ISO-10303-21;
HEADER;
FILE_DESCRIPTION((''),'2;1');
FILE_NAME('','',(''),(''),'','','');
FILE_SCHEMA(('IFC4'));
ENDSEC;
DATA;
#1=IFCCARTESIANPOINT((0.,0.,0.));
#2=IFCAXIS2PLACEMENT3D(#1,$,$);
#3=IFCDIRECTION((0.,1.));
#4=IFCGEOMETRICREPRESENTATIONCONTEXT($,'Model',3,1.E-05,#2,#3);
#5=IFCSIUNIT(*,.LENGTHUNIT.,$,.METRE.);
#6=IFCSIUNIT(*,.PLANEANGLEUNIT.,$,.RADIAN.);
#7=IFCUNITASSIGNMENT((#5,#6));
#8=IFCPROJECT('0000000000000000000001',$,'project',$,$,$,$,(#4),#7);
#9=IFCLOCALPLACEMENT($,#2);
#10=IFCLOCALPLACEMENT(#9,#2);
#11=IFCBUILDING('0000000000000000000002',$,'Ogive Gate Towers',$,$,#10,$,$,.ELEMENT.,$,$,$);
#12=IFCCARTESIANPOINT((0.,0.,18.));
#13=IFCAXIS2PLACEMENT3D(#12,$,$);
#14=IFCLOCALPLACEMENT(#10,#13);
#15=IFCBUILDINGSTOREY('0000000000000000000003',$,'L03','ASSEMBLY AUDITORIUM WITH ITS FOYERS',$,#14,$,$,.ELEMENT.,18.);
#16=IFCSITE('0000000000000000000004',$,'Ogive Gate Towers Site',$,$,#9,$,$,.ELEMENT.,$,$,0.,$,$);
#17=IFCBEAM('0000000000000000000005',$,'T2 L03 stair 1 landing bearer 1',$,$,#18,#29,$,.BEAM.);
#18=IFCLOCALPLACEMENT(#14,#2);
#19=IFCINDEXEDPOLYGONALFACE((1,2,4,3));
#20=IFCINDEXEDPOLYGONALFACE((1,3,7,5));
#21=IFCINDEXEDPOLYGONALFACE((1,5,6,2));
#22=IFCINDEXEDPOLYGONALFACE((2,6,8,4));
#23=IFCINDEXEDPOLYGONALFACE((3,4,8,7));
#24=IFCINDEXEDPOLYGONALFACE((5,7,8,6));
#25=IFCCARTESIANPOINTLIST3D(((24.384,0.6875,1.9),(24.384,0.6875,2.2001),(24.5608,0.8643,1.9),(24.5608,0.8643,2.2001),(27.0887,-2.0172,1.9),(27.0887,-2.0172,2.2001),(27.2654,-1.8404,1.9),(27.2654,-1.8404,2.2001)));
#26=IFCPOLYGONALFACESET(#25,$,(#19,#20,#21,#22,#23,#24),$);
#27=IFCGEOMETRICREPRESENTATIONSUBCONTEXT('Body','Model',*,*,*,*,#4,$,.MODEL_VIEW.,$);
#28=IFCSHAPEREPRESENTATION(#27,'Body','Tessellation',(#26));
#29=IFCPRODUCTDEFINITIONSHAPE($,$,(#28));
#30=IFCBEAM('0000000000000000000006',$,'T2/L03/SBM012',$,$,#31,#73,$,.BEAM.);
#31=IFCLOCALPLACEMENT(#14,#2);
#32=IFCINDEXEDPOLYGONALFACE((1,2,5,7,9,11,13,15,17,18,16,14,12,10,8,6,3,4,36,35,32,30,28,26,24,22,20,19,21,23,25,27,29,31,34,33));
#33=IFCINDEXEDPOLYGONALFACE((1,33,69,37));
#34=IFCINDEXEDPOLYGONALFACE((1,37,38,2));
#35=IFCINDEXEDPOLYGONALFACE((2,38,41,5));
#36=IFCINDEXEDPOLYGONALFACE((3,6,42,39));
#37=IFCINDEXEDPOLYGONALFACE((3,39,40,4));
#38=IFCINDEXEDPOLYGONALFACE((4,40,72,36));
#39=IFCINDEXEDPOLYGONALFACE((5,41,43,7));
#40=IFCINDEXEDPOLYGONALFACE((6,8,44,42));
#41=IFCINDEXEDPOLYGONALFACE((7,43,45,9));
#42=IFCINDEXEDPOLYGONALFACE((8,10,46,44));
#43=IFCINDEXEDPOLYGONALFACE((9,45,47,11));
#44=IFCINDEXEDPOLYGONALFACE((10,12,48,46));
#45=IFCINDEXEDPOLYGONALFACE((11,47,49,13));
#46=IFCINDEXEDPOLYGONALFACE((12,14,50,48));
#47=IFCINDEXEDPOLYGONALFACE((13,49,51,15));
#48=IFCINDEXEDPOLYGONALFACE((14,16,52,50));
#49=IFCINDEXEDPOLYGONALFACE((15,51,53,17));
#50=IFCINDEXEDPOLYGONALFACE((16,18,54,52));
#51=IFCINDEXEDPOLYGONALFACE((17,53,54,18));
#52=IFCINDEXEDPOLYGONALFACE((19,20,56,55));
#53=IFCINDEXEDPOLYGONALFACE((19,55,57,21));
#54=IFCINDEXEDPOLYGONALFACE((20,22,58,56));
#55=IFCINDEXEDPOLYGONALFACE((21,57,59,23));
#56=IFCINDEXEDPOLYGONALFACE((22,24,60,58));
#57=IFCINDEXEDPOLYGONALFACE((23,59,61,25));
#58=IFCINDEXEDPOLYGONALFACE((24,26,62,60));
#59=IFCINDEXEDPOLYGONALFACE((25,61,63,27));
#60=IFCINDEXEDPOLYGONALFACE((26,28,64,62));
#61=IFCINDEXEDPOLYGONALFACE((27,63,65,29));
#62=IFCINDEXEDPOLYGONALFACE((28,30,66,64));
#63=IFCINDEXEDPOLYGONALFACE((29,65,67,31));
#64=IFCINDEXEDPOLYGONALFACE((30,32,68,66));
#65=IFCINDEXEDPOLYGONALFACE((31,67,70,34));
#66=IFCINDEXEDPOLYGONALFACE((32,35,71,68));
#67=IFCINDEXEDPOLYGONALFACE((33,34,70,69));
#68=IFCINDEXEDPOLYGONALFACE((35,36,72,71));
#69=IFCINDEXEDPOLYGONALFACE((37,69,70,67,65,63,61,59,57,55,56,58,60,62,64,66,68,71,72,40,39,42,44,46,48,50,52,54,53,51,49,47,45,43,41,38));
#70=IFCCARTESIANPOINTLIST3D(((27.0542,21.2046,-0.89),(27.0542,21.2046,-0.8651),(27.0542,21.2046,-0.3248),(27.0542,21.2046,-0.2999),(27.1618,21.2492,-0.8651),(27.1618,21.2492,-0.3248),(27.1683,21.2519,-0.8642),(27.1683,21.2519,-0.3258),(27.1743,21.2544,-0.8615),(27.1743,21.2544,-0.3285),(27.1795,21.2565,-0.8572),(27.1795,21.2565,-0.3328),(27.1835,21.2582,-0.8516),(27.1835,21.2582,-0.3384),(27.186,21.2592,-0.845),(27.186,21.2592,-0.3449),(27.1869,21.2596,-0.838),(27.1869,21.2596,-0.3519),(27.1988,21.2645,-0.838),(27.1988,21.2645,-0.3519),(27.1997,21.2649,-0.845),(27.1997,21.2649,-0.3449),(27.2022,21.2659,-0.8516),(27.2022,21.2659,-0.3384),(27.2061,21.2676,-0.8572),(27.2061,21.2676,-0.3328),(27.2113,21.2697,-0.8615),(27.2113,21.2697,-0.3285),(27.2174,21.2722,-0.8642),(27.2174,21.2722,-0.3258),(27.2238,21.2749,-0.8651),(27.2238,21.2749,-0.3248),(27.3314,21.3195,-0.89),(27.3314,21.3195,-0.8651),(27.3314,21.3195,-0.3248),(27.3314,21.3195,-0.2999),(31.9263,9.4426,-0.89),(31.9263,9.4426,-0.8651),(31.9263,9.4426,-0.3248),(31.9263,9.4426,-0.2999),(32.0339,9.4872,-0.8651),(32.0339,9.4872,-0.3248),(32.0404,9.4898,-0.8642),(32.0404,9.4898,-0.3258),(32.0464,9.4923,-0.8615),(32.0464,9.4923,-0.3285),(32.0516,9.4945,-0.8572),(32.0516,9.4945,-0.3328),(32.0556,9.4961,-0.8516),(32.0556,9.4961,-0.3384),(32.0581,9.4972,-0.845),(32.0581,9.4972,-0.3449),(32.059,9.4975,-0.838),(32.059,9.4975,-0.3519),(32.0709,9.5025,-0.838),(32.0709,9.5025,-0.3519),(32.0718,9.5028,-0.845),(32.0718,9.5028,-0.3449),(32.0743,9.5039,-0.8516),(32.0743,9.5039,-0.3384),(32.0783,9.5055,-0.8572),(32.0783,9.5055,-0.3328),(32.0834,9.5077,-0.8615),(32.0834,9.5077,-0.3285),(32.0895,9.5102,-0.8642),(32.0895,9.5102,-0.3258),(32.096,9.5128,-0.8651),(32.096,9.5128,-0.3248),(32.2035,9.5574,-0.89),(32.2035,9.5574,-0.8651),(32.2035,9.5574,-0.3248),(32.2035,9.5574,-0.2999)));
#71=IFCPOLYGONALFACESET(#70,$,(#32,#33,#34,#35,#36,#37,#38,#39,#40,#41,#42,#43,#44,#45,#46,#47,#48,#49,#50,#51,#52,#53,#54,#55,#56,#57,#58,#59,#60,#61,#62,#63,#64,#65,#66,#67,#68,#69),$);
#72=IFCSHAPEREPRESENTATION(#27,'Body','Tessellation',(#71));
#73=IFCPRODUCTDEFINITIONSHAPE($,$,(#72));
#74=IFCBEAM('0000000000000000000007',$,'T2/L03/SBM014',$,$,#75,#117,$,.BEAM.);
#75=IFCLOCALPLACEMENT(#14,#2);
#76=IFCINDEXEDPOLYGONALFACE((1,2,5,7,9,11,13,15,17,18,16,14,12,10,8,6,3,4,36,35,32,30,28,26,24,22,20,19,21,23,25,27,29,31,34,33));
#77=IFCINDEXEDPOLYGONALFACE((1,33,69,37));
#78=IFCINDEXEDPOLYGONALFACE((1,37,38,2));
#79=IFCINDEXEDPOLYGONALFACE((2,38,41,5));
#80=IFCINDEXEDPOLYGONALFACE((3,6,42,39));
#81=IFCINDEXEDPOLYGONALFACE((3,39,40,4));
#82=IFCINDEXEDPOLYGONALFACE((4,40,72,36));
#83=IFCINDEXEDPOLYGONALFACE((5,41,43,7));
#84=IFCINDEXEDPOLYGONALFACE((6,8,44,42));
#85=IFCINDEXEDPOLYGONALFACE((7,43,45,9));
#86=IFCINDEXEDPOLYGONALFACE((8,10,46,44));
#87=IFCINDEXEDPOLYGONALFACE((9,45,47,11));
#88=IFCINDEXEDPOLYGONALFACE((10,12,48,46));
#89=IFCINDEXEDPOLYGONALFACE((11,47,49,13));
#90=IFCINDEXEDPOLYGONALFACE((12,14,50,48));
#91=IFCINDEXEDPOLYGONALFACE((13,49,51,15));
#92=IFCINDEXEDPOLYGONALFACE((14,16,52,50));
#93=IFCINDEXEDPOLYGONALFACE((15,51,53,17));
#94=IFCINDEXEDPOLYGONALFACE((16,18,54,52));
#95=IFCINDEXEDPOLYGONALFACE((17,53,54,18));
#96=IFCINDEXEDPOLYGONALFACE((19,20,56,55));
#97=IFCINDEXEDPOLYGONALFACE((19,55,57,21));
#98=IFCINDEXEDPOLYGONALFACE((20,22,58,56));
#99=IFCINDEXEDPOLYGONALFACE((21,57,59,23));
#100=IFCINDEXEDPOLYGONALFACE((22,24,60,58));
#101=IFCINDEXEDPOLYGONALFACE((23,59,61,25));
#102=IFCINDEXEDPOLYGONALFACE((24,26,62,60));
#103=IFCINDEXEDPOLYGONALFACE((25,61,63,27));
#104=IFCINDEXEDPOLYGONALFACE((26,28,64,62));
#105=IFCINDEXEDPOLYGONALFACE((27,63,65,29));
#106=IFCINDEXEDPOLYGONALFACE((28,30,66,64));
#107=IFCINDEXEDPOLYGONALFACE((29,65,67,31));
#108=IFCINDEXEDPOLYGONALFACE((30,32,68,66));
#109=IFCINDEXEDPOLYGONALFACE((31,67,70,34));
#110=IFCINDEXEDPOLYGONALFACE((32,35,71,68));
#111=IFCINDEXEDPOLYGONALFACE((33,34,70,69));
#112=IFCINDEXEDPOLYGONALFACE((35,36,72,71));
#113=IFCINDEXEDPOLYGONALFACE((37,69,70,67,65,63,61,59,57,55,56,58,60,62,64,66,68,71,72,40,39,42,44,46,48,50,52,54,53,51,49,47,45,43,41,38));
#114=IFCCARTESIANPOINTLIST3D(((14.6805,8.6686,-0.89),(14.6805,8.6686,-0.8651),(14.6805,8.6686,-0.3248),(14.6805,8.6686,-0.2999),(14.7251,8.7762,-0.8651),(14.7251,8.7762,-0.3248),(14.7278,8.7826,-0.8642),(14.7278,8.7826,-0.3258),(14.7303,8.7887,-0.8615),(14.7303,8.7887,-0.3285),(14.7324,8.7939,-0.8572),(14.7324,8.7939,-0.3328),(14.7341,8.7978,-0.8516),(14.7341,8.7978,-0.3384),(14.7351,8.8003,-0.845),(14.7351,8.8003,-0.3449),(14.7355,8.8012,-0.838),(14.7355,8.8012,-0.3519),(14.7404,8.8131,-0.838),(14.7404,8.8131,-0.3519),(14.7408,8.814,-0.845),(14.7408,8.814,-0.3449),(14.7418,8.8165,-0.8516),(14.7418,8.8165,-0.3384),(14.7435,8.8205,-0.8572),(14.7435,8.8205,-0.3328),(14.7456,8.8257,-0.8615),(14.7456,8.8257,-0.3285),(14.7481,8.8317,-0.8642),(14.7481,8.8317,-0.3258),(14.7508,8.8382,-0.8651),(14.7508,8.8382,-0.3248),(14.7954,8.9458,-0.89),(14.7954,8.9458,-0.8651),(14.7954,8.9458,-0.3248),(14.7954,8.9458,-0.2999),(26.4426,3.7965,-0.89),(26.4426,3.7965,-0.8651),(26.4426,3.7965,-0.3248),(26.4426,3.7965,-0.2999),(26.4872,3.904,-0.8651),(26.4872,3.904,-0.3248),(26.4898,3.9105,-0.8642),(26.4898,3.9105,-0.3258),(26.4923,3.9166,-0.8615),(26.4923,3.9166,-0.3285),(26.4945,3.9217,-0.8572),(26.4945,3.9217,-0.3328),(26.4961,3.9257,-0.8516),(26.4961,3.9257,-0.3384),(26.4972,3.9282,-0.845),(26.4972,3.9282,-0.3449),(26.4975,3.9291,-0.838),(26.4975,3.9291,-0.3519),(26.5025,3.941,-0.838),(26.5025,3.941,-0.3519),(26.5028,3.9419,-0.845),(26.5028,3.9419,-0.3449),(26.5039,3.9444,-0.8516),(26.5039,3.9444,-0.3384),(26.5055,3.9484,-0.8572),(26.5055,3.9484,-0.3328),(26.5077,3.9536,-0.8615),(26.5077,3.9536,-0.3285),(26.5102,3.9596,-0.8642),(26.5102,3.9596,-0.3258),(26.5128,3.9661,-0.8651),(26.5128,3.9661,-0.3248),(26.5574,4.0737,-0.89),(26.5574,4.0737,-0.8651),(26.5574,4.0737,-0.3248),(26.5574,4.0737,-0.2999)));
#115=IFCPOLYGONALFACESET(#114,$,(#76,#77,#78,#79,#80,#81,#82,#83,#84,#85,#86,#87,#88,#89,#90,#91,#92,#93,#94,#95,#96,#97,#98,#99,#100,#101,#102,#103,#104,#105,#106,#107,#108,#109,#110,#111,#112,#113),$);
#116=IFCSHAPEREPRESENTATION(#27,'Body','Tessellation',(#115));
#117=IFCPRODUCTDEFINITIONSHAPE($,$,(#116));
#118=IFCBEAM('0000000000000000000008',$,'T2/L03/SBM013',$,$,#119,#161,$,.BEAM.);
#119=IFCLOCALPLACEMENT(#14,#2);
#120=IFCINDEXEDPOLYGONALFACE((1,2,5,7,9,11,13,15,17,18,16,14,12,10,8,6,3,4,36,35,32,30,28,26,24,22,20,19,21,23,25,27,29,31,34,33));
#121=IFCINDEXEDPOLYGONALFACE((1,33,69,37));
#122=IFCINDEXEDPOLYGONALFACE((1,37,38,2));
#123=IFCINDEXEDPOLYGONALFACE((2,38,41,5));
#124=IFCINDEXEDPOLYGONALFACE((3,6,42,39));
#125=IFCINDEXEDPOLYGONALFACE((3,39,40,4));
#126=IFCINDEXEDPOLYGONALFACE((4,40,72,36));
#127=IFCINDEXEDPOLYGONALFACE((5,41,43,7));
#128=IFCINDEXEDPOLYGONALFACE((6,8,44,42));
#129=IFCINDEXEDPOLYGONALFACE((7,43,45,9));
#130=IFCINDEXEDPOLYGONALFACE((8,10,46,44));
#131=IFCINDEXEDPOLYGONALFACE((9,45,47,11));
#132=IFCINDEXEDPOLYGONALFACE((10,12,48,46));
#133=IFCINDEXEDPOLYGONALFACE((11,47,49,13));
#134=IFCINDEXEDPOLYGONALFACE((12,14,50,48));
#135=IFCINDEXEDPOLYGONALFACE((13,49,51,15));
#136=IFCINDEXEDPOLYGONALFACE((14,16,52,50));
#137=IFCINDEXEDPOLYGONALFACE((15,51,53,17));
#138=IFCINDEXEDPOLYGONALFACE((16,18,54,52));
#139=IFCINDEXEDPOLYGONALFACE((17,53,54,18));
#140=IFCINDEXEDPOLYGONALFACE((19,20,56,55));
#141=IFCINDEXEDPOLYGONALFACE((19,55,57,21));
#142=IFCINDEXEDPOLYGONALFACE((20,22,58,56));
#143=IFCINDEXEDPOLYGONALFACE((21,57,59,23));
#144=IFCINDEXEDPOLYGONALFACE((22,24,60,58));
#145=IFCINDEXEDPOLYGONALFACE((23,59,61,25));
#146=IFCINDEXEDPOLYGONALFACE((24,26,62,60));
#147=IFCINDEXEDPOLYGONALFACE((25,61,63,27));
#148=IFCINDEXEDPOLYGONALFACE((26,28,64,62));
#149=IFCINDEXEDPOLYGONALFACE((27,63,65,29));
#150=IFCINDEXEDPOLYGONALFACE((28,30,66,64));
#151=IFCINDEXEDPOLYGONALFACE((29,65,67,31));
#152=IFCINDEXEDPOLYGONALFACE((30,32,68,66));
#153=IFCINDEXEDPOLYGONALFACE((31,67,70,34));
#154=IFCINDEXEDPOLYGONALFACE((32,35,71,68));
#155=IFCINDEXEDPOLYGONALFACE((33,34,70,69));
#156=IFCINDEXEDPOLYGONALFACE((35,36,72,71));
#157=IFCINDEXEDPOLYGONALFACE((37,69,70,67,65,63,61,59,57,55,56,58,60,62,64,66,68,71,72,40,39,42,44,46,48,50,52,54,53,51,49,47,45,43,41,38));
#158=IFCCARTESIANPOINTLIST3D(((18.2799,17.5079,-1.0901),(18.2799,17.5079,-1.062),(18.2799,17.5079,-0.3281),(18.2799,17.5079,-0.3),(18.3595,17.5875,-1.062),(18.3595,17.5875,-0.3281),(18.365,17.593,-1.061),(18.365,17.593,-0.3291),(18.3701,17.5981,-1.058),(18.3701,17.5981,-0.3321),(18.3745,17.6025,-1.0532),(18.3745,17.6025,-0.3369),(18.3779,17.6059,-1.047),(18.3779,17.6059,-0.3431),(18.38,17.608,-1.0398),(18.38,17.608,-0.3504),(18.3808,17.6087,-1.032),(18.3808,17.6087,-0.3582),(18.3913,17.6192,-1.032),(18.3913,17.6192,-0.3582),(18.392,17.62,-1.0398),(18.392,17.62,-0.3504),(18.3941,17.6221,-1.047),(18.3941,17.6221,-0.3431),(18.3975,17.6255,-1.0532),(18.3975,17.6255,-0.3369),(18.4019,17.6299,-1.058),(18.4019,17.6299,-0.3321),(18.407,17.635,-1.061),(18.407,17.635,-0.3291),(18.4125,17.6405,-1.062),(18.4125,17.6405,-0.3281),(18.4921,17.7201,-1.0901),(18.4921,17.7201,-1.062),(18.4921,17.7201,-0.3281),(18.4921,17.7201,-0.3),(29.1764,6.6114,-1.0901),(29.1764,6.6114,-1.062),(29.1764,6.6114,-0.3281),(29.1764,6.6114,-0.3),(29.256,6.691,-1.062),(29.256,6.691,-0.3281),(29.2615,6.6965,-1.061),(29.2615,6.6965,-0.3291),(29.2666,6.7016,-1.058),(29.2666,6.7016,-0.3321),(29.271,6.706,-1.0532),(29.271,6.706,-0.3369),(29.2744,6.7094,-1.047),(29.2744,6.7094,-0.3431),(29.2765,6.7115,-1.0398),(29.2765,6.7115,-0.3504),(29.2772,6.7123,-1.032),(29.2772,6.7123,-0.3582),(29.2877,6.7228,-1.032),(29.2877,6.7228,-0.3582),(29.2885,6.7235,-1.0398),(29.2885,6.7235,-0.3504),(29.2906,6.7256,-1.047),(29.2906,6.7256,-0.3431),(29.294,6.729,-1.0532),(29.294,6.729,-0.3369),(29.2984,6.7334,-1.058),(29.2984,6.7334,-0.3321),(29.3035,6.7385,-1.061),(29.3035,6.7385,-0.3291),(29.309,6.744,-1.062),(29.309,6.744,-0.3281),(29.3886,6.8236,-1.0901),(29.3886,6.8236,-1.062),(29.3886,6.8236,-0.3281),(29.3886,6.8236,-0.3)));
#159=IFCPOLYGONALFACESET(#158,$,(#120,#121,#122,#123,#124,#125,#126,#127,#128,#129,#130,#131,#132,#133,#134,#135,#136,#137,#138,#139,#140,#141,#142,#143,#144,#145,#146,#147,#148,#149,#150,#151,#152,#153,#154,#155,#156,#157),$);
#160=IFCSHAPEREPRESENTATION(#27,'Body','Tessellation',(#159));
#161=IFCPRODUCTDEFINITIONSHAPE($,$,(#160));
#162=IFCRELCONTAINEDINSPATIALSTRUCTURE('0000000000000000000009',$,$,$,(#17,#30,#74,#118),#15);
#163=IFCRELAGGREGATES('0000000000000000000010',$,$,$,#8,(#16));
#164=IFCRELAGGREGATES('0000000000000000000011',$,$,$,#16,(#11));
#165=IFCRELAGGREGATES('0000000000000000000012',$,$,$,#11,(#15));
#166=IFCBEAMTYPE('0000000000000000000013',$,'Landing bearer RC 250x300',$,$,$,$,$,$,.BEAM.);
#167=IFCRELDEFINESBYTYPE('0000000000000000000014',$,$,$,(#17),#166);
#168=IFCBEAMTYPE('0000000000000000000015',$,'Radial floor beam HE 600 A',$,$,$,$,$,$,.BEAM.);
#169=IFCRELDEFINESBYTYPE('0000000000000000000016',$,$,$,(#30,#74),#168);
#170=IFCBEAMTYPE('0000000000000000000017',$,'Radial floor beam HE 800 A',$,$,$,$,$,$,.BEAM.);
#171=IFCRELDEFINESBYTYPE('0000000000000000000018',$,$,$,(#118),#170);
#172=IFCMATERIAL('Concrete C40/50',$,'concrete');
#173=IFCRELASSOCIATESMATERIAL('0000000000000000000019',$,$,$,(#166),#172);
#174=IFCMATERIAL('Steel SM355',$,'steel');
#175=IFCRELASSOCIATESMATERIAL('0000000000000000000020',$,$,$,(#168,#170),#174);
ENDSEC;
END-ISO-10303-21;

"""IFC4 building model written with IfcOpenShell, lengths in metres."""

from ifc_helpers import new_model, si_unit, direction, frame, origin, origin_2d, place, context, subcontext, project, spatial, rectangle, i_section, extrude, material, material_profile, profile_set, type_object, element, save


model = new_model("IFC4")

# Units and contexts
model_context = context("Model", 3, precision=1e-05, world=origin(), true_north=direction((0.0, 1.0)))
body_context = subcontext(model_context, "Body", "Model", "MODEL_VIEW")
ifc_project = project(units=[si_unit("LENGTHUNIT", "METRE"), si_unit("PLANEANGLEUNIT", "RADIAN")], contexts=[model_context])

# Site, building, storey
site_placement = place(None, origin())
site = spatial("IfcSite", under=ifc_project, at=site_placement, Name="Ogive Gate Towers Site", CompositionType="ELEMENT", RefElevation=0.0)
building_placement = place(site_placement, origin())
building = spatial("IfcBuilding", under=site, at=building_placement, Name="Ogive Gate Towers", CompositionType="ELEMENT")
storey_placement = place(building_placement, frame((0.0, 0.0, 18.0)))
storey = spatial("IfcBuildingStorey", under=building, at=storey_placement, Name="L03", Description="ASSEMBLY AUDITORIUM WITH ITS FOYERS", CompositionType="ELEMENT", Elevation=18.0)

# Beams
ifc_material_1 = material(Name="Concrete C40/50", Category="concrete")
ifc_material_profile_1 = material_profile(ifc_material_1, rectangle(XDim=0.25, YDim=0.3, at=origin_2d()), Name="RC 250x300")
ifc_profile_set_1 = profile_set([ifc_material_profile_1], Name="Concrete C40/50")
beam_type_1 = type_object("IfcBeamType", Name="Landing bearer RC 250x300", PredefinedType="BEAM", material=ifc_profile_set_1)
beam_1_placement = place(storey_placement, frame((24.4724, 0.7759, 2.05), z_axis=(0.707107, -0.707107, 0.0), x_axis=(0.707107, 0.707107, 0.0)))
element("IfcBeam", 1, at=beam_1_placement, inside=storey, type_object=beam_type_1, Name="T2 L03 stair 1 landing bearer 1", PredefinedType="BEAM", context=body_context, shape_type="SweptSolid", body=[
    extrude(rectangle(XDim=0.25, YDim=0.3, at=origin_2d()), origin(), (0.0, 0.0, 1.0), 3.825),
])
ifc_material_2 = material(Name="Steel SM355", Category="steel")
ifc_material_profile_2 = material_profile(ifc_material_2, i_section(OverallWidth=0.3, OverallDepth=0.5901, WebThickness=0.0129, FlangeThickness=0.0249, FilletRadius=0.0271, at=origin_2d()), Name="HE 600 A")
ifc_profile_set_2 = profile_set([ifc_material_profile_2], Name="Steel SM355")
beam_type_2 = type_object("IfcBeamType", Name="Radial floor beam HE 600 A", PredefinedType="BEAM", material=ifc_profile_set_2)
for number, where, z_axis, x_axis, name in (
    (2, (32.0649, 9.5, -0.595), (-0.382691, 0.923877, 0.0), (-0.923877, -0.382691, 0.0), "T2/L03/SBM012"),
    (3, (26.5, 3.9351, -0.595), (-0.923877, 0.382691, 0.0), (-0.382691, -0.923877, 0.0), "T2/L03/SBM014"),
):
    element("IfcBeam", number, at=place(storey_placement, frame(where, z_axis=z_axis, x_axis=x_axis)), inside=storey, type_object=beam_type_2, Name=name, PredefinedType="BEAM", context=body_context, shape_type="SweptSolid", body=[
        extrude(i_section(OverallWidth=0.3, OverallDepth=0.5901, WebThickness=0.0129, FlangeThickness=0.0249, FilletRadius=0.0271, at=origin_2d()), origin(), (0.0, 0.0, 1.0), 12.7312),
    ])
ifc_material_profile_3 = material_profile(ifc_material_2, i_section(OverallWidth=0.3, OverallDepth=0.79, WebThickness=0.0149, FlangeThickness=0.0281, FilletRadius=0.03, at=origin_2d()), Name="HE 800 A")
ifc_profile_set_3 = profile_set([ifc_material_profile_3], Name="Steel SM355")
beam_type_3 = type_object("IfcBeamType", Name="Radial floor beam HE 800 A", PredefinedType="BEAM", material=ifc_profile_set_3)
beam_2_placement = place(storey_placement, frame((29.2825, 6.7175, -0.6951), z_axis=(-0.707107, 0.707107, 0.0), x_axis=(-0.707107, -0.707107, 0.0)))
element("IfcBeam", 4, at=beam_2_placement, inside=storey, type_object=beam_type_3, Name="T2/L03/SBM013", PredefinedType="BEAM", context=body_context, shape_type="SweptSolid", body=[
    extrude(i_section(OverallWidth=0.3, OverallDepth=0.79, WebThickness=0.0149, FlangeThickness=0.0281, FilletRadius=0.03, at=origin_2d()), origin(), (0.0, 0.0, 1.0), 15.4099),
])

save(model, "model.ifc")
